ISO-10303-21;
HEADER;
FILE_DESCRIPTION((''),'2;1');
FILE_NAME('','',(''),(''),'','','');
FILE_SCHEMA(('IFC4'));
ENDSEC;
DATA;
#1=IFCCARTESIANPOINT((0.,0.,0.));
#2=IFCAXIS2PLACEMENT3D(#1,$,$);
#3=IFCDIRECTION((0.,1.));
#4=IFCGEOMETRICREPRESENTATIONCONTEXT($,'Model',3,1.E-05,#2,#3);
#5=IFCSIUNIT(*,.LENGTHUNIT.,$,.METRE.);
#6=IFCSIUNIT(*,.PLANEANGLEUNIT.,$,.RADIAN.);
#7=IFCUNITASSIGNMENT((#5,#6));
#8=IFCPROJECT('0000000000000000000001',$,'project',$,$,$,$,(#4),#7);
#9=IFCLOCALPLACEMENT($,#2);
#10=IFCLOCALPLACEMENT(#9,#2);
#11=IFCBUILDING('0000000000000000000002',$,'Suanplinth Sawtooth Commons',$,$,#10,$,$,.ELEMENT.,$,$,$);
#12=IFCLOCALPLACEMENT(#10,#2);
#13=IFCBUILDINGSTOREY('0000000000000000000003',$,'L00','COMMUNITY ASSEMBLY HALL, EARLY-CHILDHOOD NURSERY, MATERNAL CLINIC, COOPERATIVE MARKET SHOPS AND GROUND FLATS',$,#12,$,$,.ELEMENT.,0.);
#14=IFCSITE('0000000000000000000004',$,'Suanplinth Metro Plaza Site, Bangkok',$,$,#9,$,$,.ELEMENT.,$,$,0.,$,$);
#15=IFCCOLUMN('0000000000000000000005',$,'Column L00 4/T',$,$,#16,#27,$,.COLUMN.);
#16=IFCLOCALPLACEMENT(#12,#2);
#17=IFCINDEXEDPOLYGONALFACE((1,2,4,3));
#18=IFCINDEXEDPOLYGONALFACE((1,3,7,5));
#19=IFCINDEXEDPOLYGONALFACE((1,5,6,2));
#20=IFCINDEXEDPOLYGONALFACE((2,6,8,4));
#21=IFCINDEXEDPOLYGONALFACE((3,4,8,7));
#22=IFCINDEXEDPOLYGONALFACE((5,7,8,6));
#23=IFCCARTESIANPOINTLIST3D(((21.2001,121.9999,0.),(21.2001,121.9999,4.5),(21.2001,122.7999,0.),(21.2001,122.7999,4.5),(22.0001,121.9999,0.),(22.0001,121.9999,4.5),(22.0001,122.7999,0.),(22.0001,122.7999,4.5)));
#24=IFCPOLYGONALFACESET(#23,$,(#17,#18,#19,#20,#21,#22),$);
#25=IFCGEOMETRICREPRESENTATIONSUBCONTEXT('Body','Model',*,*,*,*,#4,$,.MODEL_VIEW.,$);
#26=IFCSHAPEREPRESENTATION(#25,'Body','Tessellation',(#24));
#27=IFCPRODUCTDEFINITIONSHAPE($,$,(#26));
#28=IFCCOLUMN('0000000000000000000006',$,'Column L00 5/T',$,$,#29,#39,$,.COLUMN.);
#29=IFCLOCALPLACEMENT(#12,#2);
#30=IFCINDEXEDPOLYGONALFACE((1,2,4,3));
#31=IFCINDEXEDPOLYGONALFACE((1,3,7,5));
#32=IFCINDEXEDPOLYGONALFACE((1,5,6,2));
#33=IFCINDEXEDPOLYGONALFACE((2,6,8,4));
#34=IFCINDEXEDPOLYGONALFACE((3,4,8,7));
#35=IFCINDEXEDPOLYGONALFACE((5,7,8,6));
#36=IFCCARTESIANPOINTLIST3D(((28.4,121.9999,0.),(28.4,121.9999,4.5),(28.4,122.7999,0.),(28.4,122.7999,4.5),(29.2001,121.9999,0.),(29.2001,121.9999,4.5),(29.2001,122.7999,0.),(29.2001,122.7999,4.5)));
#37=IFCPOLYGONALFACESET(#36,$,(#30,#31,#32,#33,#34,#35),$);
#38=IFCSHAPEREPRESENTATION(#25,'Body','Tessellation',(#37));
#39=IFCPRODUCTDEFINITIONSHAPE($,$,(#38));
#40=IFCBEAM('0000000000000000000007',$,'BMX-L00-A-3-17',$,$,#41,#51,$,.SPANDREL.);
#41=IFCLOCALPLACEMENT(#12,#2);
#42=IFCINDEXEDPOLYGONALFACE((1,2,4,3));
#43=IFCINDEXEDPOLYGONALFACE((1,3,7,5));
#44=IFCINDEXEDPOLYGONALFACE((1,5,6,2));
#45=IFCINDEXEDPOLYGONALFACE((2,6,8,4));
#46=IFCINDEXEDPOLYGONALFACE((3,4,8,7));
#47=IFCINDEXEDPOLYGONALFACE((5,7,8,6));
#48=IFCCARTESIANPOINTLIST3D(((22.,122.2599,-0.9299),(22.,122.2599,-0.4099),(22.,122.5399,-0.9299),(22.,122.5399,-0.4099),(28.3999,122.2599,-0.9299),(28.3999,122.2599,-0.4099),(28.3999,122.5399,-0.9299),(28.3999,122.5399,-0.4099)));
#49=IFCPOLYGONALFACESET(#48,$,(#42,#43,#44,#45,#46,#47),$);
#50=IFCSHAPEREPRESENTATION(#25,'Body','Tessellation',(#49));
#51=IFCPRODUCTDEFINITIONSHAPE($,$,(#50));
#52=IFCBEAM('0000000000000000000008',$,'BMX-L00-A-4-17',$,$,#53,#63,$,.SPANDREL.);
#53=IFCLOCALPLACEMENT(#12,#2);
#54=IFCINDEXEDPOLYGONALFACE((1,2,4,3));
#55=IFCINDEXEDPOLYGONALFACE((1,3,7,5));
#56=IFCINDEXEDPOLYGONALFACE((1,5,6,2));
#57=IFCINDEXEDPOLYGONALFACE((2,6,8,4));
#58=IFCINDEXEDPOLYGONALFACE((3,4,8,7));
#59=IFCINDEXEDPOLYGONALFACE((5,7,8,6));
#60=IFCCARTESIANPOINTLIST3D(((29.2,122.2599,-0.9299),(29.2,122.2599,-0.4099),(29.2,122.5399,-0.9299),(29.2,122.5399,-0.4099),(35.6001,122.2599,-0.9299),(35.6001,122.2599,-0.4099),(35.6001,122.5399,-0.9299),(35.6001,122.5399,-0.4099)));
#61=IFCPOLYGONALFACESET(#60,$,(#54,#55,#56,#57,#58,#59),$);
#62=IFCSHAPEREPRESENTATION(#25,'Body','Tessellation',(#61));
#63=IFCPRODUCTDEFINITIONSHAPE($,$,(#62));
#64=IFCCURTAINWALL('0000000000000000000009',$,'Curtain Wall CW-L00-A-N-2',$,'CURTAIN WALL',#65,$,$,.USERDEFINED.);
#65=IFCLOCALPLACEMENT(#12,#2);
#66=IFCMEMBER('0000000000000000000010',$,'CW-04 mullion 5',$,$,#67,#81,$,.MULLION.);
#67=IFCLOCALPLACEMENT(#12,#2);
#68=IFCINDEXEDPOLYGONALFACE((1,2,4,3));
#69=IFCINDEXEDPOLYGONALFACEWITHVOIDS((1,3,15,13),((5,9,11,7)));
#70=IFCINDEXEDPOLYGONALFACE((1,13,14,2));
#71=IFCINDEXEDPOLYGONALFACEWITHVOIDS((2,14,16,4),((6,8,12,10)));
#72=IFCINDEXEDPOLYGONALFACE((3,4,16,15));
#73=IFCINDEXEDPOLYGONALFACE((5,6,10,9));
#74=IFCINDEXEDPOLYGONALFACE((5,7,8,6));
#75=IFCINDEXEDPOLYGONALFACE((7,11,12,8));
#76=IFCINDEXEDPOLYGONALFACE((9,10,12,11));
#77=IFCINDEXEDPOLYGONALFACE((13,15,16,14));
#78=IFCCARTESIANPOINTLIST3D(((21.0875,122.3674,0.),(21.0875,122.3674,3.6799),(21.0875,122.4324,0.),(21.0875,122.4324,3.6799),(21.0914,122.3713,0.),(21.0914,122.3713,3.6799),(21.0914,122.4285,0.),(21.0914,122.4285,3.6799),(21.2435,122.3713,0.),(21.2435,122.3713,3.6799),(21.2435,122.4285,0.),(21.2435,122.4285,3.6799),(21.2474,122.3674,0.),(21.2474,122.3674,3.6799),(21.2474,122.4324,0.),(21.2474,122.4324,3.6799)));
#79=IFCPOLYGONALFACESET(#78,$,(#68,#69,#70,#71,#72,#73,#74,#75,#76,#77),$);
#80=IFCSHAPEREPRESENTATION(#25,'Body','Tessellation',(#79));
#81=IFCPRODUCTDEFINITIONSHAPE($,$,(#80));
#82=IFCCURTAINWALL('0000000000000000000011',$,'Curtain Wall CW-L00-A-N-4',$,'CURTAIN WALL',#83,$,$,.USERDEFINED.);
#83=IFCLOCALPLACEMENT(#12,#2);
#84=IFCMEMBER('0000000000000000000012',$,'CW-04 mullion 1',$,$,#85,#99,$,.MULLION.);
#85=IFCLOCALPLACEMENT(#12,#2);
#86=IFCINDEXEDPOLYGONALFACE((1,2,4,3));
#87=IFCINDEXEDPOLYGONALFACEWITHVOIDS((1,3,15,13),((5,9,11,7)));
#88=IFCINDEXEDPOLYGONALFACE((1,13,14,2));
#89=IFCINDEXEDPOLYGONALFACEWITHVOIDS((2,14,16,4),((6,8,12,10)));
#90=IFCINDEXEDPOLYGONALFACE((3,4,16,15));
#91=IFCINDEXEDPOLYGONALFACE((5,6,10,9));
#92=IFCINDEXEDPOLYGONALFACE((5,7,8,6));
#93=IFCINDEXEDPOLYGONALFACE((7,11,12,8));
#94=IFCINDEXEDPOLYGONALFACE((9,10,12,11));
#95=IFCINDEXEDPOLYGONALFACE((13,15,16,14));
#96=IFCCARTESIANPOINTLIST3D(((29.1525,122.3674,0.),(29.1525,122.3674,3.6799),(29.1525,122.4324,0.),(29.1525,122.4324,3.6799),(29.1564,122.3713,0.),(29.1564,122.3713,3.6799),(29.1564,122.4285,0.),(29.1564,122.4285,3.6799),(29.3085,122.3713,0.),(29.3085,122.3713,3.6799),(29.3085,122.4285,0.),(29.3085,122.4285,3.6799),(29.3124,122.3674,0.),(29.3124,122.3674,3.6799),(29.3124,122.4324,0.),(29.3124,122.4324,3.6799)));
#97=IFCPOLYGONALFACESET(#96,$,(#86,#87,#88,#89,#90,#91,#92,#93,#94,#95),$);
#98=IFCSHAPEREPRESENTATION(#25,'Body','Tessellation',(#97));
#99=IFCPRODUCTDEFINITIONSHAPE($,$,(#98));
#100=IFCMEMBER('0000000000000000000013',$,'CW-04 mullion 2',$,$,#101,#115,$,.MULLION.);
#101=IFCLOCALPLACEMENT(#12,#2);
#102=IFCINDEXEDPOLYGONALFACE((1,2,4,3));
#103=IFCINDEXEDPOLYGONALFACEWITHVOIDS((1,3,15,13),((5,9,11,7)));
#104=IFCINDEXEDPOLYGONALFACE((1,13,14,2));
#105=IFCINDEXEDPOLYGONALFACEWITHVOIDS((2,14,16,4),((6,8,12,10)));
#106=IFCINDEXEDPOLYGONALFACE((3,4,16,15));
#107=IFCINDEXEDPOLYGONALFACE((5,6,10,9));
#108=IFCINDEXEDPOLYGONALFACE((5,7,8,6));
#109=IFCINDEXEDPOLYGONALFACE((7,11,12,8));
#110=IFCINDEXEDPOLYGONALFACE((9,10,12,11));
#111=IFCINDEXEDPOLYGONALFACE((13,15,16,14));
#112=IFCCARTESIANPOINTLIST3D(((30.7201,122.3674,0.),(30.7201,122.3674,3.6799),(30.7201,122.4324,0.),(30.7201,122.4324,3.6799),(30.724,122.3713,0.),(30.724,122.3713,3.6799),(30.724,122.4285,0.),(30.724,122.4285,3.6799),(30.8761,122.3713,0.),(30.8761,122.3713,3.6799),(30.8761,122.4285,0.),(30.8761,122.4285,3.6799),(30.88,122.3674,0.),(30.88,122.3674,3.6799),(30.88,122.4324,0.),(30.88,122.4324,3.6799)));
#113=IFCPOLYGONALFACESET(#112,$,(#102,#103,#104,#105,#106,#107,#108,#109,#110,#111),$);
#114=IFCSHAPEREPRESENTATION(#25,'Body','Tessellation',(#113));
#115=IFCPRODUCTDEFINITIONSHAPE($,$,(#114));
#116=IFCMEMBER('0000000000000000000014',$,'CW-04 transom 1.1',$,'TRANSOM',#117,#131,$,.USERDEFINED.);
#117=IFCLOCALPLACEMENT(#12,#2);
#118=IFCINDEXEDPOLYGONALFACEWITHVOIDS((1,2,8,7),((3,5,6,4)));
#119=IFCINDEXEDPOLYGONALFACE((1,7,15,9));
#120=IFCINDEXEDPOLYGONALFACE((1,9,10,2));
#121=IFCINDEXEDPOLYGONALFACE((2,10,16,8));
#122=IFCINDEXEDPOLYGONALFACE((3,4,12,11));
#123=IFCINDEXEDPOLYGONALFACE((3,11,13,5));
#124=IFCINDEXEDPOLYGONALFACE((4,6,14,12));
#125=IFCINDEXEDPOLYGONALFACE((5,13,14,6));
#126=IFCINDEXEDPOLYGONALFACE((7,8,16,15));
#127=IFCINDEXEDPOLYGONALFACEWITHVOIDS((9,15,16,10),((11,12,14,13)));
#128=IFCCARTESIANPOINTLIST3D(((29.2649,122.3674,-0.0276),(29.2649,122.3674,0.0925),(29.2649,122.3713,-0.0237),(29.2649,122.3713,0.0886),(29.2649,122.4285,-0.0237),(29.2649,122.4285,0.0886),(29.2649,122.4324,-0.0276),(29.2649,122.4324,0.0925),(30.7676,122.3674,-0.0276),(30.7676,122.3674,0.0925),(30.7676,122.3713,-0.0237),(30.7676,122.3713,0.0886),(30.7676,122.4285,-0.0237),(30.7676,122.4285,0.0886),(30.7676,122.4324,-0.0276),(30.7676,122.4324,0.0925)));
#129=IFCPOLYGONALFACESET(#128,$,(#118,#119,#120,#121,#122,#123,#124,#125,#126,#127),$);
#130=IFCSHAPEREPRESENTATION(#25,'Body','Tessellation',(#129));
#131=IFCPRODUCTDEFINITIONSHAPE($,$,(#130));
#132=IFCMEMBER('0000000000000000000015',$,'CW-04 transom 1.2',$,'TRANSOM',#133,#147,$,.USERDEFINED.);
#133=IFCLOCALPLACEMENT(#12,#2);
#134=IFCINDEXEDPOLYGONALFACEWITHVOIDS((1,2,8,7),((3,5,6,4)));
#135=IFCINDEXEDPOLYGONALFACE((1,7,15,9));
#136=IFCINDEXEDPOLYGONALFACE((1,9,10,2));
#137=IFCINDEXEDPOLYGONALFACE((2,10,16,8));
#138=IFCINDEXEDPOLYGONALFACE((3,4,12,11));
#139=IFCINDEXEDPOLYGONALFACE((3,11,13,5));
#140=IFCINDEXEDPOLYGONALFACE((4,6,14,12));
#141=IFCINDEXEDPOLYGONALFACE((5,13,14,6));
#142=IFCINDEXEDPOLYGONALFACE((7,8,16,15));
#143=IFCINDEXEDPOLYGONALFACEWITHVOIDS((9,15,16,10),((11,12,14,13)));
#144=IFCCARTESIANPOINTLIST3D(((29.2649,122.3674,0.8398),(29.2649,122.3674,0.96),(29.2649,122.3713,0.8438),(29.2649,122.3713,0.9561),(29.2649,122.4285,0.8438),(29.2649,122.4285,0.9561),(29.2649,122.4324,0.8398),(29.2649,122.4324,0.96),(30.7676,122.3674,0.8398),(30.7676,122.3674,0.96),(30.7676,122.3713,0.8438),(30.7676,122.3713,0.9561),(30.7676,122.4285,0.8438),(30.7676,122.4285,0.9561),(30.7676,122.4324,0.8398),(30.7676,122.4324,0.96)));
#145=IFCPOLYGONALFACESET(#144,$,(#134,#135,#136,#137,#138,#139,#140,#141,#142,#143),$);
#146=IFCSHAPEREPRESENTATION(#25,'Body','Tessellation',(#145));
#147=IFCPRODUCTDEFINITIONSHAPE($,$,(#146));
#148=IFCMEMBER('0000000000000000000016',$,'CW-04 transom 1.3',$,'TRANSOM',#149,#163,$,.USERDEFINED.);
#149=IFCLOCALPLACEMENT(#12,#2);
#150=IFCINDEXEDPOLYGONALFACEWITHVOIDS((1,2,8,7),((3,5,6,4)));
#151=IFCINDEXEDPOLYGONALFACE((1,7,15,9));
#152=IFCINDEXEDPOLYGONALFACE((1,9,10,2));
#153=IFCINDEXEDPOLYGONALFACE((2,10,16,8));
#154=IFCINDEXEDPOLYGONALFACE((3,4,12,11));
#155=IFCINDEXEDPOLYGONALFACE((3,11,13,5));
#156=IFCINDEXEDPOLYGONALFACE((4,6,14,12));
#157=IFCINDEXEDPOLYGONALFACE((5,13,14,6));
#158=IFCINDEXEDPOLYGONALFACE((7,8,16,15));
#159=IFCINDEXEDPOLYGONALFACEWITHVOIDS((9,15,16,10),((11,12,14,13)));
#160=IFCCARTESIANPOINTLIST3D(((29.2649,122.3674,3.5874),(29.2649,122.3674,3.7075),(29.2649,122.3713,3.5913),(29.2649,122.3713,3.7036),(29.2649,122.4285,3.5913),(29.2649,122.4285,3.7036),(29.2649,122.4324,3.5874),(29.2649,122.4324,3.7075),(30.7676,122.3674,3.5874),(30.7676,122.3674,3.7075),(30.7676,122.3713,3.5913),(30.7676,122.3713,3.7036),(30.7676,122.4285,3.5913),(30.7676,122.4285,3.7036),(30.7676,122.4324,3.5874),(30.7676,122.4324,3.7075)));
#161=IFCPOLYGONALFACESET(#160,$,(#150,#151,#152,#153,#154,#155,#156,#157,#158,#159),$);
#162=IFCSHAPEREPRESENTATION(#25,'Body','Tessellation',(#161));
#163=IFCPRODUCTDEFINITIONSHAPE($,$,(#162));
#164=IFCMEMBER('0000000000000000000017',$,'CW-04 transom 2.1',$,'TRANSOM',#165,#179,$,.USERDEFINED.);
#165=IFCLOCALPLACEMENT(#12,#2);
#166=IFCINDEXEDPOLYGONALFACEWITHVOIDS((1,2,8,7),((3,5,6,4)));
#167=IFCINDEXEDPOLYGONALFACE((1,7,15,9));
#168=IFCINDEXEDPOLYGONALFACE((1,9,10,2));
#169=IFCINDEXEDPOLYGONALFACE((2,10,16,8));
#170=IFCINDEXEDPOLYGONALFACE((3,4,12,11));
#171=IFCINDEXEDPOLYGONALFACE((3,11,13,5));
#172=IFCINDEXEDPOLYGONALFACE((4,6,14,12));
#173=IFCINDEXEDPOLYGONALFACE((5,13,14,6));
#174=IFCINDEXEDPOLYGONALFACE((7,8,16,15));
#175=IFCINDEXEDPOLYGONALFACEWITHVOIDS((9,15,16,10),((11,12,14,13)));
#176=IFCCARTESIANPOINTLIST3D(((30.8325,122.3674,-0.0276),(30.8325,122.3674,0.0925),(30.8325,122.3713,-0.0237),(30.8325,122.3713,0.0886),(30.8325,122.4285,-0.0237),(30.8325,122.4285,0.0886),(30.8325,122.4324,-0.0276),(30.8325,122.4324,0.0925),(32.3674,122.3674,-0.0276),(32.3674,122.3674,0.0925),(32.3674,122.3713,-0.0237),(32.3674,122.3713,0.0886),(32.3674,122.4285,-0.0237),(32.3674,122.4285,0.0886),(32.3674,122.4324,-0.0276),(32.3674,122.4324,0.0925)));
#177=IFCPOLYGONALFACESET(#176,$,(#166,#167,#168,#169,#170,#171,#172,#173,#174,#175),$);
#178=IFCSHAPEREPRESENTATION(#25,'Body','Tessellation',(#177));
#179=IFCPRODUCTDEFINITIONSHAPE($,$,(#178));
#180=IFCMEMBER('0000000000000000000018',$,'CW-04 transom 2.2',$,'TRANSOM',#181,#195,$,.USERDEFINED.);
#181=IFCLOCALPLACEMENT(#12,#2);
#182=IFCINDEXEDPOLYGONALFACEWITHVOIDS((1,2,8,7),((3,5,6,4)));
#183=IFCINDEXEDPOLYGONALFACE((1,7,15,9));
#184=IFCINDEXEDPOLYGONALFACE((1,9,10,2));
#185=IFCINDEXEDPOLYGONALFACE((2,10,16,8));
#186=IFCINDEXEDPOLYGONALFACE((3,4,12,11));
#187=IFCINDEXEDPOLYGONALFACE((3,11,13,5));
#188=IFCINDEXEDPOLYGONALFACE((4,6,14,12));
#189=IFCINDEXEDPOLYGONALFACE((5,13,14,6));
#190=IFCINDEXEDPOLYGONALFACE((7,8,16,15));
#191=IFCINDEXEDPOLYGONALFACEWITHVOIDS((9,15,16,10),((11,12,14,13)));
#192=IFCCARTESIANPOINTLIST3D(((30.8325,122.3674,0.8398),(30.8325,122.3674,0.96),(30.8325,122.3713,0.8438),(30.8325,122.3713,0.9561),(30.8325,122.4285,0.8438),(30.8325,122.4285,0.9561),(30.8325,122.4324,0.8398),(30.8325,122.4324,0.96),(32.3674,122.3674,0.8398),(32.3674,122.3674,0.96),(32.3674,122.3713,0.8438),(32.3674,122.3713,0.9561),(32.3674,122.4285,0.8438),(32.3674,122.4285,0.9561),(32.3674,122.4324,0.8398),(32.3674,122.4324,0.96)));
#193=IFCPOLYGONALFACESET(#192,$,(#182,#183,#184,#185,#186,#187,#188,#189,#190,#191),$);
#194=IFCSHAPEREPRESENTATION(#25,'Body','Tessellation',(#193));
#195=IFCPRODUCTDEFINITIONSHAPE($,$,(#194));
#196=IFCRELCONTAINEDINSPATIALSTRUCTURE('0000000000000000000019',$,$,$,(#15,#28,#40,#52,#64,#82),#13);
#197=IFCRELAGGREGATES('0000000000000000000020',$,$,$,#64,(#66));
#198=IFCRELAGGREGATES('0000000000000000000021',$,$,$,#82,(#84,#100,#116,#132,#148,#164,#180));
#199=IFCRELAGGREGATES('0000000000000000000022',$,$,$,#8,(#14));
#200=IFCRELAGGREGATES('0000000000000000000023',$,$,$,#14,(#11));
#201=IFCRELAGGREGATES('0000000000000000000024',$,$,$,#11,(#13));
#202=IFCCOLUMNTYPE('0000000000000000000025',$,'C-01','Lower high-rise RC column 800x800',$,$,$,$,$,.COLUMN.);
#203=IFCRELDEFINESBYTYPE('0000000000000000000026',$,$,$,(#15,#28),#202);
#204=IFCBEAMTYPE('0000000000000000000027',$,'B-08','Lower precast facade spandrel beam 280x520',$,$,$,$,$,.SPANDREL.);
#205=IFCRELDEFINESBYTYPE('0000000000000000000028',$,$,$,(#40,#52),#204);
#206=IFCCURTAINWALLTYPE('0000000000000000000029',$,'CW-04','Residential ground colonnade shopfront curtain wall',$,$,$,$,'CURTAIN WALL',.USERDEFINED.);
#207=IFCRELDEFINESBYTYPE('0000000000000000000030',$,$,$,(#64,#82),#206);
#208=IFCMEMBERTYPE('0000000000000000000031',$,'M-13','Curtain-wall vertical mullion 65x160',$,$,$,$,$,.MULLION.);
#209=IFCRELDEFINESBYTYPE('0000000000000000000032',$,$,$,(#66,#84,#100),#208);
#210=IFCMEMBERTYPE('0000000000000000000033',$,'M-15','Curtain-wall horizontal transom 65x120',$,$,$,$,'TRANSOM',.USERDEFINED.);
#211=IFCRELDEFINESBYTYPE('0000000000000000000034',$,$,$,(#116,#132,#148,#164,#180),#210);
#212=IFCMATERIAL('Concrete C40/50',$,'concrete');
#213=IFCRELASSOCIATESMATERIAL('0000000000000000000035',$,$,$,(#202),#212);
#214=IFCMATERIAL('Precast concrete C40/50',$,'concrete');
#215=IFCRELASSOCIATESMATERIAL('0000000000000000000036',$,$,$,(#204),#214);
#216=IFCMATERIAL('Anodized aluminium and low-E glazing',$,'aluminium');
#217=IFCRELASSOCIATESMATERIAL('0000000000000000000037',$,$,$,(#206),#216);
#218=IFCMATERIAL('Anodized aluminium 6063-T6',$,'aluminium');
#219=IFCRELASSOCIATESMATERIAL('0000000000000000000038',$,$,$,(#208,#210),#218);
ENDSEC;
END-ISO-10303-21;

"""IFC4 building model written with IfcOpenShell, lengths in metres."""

from ifc_helpers import new_model, si_unit, direction, frame, origin, origin_2d, place, context, subcontext, project, spatial, rectangle, hollow_rectangle, extrude, material, material_profile, profile_set, type_object, element, aggregate, save


model = new_model("IFC4")

# Units and contexts
model_context = context("Model", 3, precision=1e-05, world=origin(), true_north=direction((0.0, 1.0)))
body_context = subcontext(model_context, "Body", "Model", "MODEL_VIEW")
ifc_project = project(units=[si_unit("LENGTHUNIT", "METRE"), si_unit("PLANEANGLEUNIT", "RADIAN")], contexts=[model_context])

# Site, building, storey
site_placement = place(None, origin())
site = spatial("IfcSite", under=ifc_project, at=site_placement, Name="Suanplinth Metro Plaza Site, Bangkok", CompositionType="ELEMENT", RefElevation=0.0)
building_placement = place(site_placement, origin())
building = spatial("IfcBuilding", under=site, at=building_placement, Name="Suanplinth Sawtooth Commons", CompositionType="ELEMENT")
storey_placement = place(building_placement, origin())
storey = spatial("IfcBuildingStorey", under=building, at=storey_placement, Name="L00", Description="COMMUNITY ASSEMBLY HALL, EARLY-CHILDHOOD NURSERY, MATERNAL CLINIC, COOPERATIVE MARKET SHOPS AND GROUND FLATS", CompositionType="ELEMENT", Elevation=0.0)

# Columns
ifc_material_1 = material(Name="Concrete C40/50", Category="concrete")
ifc_material_profile_1 = material_profile(ifc_material_1, rectangle(XDim=0.8, YDim=0.8, at=origin_2d()), Name="RC-COL 800x800")
ifc_profile_set_1 = profile_set([ifc_material_profile_1], Name="Concrete C40/50")
column_type = type_object("IfcColumnType", Name="C-01", Description="Lower high-rise RC column 800x800", PredefinedType="COLUMN", material=ifc_profile_set_1)
for number, where, z_axis, x_axis, name in (
    (1, (21.6001, 122.3999, 0.0), (0.0, 0.0, 1.0), (1.0, 0.0, 0.0), "Column L00 4/T"),
    (2, (28.8, 122.3999, 0.0), (0.0, 0.0, 1.0), (1.0, 0.0, 0.0), "Column L00 5/T"),
):
    element("IfcColumn", number, at=place(storey_placement, frame(where, z_axis=z_axis, x_axis=x_axis)), inside=storey, type_object=column_type, Name=name, PredefinedType="COLUMN", context=body_context, shape_type="SweptSolid", body=[
        extrude(rectangle(XDim=0.8, YDim=0.8, at=origin_2d()), origin(), (0.0, 0.0, 1.0), 4.5),
    ])

# Beams
ifc_material_2 = material(Name="Precast concrete C40/50", Category="concrete")
ifc_material_profile_2 = material_profile(ifc_material_2, rectangle(XDim=0.28, YDim=0.52, at=origin_2d()), Name="PC-SP 280x520")
ifc_profile_set_2 = profile_set([ifc_material_profile_2], Name="Precast concrete C40/50")
beam_type = type_object("IfcBeamType", Name="B-08", Description="Lower precast facade spandrel beam 280x520", PredefinedType="SPANDREL", material=ifc_profile_set_2)
beam_1_placement = place(storey_placement, frame((22.0, 122.3999, -0.6699), z_axis=(1.0, 0.0, 0.0), x_axis=(0.0, 1.0, 0.0)))
element("IfcBeam", 3, at=beam_1_placement, inside=storey, type_object=beam_type, Name="BMX-L00-A-3-17", PredefinedType="SPANDREL", context=body_context, shape_type="SweptSolid", body=[
    extrude(rectangle(XDim=0.28, YDim=0.52, at=origin_2d()), origin(), (0.0, 0.0, 1.0), 6.3999),
])
beam_2_placement = place(storey_placement, frame((29.2, 122.3999, -0.6699), z_axis=(1.0, 0.0, 0.0), x_axis=(0.0, 1.0, 0.0)))
element("IfcBeam", 4, at=beam_2_placement, inside=storey, type_object=beam_type, Name="BMX-L00-A-4-17", PredefinedType="SPANDREL", context=body_context, shape_type="SweptSolid", body=[
    extrude(rectangle(XDim=0.28, YDim=0.52, at=origin_2d()), origin(), (0.0, 0.0, 1.0), 6.4001),
])

# Curtain wall, member
ifc_material_3 = material(Name="Anodized aluminium and low-E glazing", Category="aluminium")
curtain_wall_type = type_object("IfcCurtainWallType", Name="CW-04", Description="Residential ground colonnade shopfront curtain wall", ElementType="CURTAIN WALL", PredefinedType="USERDEFINED", material=ifc_material_3)
curtain_wall_1_placement = place(storey_placement, origin())
curtain_wall_1 = element("IfcCurtainWall", 5, at=curtain_wall_1_placement, inside=storey, type_object=curtain_wall_type, Name="Curtain Wall CW-L00-A-N-2", ObjectType="CURTAIN WALL", PredefinedType="USERDEFINED")
ifc_material_4 = material(Name="Anodized aluminium 6063-T6", Category="aluminium")
ifc_material_profile_3 = material_profile(ifc_material_4, hollow_rectangle(XDim=0.0649, YDim=0.1599, WallThickness=0.0039, at=origin_2d()), Name="ALU-MUL 65x160")
ifc_profile_set_3 = profile_set([ifc_material_profile_3], Name="Anodized aluminium 6063-T6")
member_type_1 = type_object("IfcMemberType", Name="M-13", Description="Curtain-wall vertical mullion 65x160", PredefinedType="MULLION", material=ifc_profile_set_3)
member_1_placement = place(storey_placement, frame((21.1675, 122.3999, 0.0), z_axis=(0.0, 0.0, 1.0), x_axis=(0.0, 1.0, 0.0)))
member_1 = element("IfcMember", 6, at=member_1_placement, type_object=member_type_1, Name="CW-04 mullion 5", PredefinedType="MULLION", context=body_context, shape_type="SweptSolid", body=[
    extrude(hollow_rectangle(XDim=0.0649, YDim=0.1599, WallThickness=0.0039, at=origin_2d()), origin(), (0.0, 0.0, 1.0), 3.6799),
])

# Curtain wall, members
curtain_wall_2_placement = place(storey_placement, origin())
curtain_wall_2 = element("IfcCurtainWall", 7, at=curtain_wall_2_placement, inside=storey, type_object=curtain_wall_type, Name="Curtain Wall CW-L00-A-N-4", ObjectType="CURTAIN WALL", PredefinedType="USERDEFINED")
member_2_placement = place(storey_placement, frame((29.2324, 122.3999, 0.0), z_axis=(0.0, 0.0, 1.0), x_axis=(0.0, 1.0, 0.0)))
member_2 = element("IfcMember", 8, at=member_2_placement, type_object=member_type_1, Name="CW-04 mullion 1", PredefinedType="MULLION", context=body_context, shape_type="SweptSolid", body=[
    extrude(hollow_rectangle(XDim=0.0649, YDim=0.1599, WallThickness=0.0039, at=origin_2d()), origin(), (0.0, 0.0, 1.0), 3.6799),
])
member_3_placement = place(storey_placement, frame((30.8, 122.3999, 0.0), z_axis=(0.0, 0.0, 1.0), x_axis=(0.0, 1.0, 0.0)))
member_3 = element("IfcMember", 9, at=member_3_placement, type_object=member_type_1, Name="CW-04 mullion 2", PredefinedType="MULLION", context=body_context, shape_type="SweptSolid", body=[
    extrude(hollow_rectangle(XDim=0.0649, YDim=0.1599, WallThickness=0.0039, at=origin_2d()), origin(), (0.0, 0.0, 1.0), 3.6799),
])
ifc_material_profile_4 = material_profile(ifc_material_4, hollow_rectangle(XDim=0.0649, YDim=0.1201, WallThickness=0.0039, at=origin_2d()), Name="ALU-TRN 65x120")
ifc_profile_set_4 = profile_set([ifc_material_profile_4], Name="Anodized aluminium 6063-T6")
member_type_2 = type_object("IfcMemberType", Name="M-15", Description="Curtain-wall horizontal transom 65x120", ElementType="TRANSOM", PredefinedType="USERDEFINED", material=ifc_profile_set_4)
member_4_placement = place(storey_placement, frame((29.2649, 122.3999, 0.0325), z_axis=(1.0, 0.0, 0.0), x_axis=(0.0, 1.0, 0.0)))
member_4 = element("IfcMember", 10, at=member_4_placement, type_object=member_type_2, Name="CW-04 transom 1.1", ObjectType="TRANSOM", PredefinedType="USERDEFINED", context=body_context, shape_type="SweptSolid", body=[
    extrude(hollow_rectangle(XDim=0.0649, YDim=0.1201, WallThickness=0.0039, at=origin_2d()), origin(), (0.0, 0.0, 1.0), 1.5027),
])
member_5_placement = place(storey_placement, frame((29.2649, 122.3999, 0.8999), z_axis=(1.0, 0.0, 0.0), x_axis=(0.0, 1.0, 0.0)))
member_5 = element("IfcMember", 11, at=member_5_placement, type_object=member_type_2, Name="CW-04 transom 1.2", ObjectType="TRANSOM", PredefinedType="USERDEFINED", context=body_context, shape_type="SweptSolid", body=[
    extrude(hollow_rectangle(XDim=0.0649, YDim=0.1201, WallThickness=0.0039, at=origin_2d()), origin(), (0.0, 0.0, 1.0), 1.5027),
])
member_6_placement = place(storey_placement, frame((29.2649, 122.3999, 3.6475), z_axis=(1.0, 0.0, 0.0), x_axis=(0.0, 1.0, 0.0)))
member_6 = element("IfcMember", 12, at=member_6_placement, type_object=member_type_2, Name="CW-04 transom 1.3", ObjectType="TRANSOM", PredefinedType="USERDEFINED", context=body_context, shape_type="SweptSolid", body=[
    extrude(hollow_rectangle(XDim=0.0649, YDim=0.1201, WallThickness=0.0039, at=origin_2d()), origin(), (0.0, 0.0, 1.0), 1.5027),
])
member_7_placement = place(storey_placement, frame((30.8325, 122.3999, 0.0325), z_axis=(1.0, 0.0, 0.0), x_axis=(0.0, 1.0, 0.0)))
member_7 = element("IfcMember", 13, at=member_7_placement, type_object=member_type_2, Name="CW-04 transom 2.1", ObjectType="TRANSOM", PredefinedType="USERDEFINED", context=body_context, shape_type="SweptSolid", body=[
    extrude(hollow_rectangle(XDim=0.0649, YDim=0.1201, WallThickness=0.0039, at=origin_2d()), origin(), (0.0, 0.0, 1.0), 1.5349),
])
member_8_placement = place(storey_placement, frame((30.8325, 122.3999, 0.8999), z_axis=(1.0, 0.0, 0.0), x_axis=(0.0, 1.0, 0.0)))
member_8 = element("IfcMember", 14, at=member_8_placement, type_object=member_type_2, Name="CW-04 transom 2.2", ObjectType="TRANSOM", PredefinedType="USERDEFINED", context=body_context, shape_type="SweptSolid", body=[
    extrude(hollow_rectangle(XDim=0.0649, YDim=0.1201, WallThickness=0.0039, at=origin_2d()), origin(), (0.0, 0.0, 1.0), 1.5349),
])

aggregate(curtain_wall_1, [member_1])
aggregate(curtain_wall_2, [member_2, member_3, member_4, member_5, member_6, member_7, member_8])

save(model, "model.ifc")
